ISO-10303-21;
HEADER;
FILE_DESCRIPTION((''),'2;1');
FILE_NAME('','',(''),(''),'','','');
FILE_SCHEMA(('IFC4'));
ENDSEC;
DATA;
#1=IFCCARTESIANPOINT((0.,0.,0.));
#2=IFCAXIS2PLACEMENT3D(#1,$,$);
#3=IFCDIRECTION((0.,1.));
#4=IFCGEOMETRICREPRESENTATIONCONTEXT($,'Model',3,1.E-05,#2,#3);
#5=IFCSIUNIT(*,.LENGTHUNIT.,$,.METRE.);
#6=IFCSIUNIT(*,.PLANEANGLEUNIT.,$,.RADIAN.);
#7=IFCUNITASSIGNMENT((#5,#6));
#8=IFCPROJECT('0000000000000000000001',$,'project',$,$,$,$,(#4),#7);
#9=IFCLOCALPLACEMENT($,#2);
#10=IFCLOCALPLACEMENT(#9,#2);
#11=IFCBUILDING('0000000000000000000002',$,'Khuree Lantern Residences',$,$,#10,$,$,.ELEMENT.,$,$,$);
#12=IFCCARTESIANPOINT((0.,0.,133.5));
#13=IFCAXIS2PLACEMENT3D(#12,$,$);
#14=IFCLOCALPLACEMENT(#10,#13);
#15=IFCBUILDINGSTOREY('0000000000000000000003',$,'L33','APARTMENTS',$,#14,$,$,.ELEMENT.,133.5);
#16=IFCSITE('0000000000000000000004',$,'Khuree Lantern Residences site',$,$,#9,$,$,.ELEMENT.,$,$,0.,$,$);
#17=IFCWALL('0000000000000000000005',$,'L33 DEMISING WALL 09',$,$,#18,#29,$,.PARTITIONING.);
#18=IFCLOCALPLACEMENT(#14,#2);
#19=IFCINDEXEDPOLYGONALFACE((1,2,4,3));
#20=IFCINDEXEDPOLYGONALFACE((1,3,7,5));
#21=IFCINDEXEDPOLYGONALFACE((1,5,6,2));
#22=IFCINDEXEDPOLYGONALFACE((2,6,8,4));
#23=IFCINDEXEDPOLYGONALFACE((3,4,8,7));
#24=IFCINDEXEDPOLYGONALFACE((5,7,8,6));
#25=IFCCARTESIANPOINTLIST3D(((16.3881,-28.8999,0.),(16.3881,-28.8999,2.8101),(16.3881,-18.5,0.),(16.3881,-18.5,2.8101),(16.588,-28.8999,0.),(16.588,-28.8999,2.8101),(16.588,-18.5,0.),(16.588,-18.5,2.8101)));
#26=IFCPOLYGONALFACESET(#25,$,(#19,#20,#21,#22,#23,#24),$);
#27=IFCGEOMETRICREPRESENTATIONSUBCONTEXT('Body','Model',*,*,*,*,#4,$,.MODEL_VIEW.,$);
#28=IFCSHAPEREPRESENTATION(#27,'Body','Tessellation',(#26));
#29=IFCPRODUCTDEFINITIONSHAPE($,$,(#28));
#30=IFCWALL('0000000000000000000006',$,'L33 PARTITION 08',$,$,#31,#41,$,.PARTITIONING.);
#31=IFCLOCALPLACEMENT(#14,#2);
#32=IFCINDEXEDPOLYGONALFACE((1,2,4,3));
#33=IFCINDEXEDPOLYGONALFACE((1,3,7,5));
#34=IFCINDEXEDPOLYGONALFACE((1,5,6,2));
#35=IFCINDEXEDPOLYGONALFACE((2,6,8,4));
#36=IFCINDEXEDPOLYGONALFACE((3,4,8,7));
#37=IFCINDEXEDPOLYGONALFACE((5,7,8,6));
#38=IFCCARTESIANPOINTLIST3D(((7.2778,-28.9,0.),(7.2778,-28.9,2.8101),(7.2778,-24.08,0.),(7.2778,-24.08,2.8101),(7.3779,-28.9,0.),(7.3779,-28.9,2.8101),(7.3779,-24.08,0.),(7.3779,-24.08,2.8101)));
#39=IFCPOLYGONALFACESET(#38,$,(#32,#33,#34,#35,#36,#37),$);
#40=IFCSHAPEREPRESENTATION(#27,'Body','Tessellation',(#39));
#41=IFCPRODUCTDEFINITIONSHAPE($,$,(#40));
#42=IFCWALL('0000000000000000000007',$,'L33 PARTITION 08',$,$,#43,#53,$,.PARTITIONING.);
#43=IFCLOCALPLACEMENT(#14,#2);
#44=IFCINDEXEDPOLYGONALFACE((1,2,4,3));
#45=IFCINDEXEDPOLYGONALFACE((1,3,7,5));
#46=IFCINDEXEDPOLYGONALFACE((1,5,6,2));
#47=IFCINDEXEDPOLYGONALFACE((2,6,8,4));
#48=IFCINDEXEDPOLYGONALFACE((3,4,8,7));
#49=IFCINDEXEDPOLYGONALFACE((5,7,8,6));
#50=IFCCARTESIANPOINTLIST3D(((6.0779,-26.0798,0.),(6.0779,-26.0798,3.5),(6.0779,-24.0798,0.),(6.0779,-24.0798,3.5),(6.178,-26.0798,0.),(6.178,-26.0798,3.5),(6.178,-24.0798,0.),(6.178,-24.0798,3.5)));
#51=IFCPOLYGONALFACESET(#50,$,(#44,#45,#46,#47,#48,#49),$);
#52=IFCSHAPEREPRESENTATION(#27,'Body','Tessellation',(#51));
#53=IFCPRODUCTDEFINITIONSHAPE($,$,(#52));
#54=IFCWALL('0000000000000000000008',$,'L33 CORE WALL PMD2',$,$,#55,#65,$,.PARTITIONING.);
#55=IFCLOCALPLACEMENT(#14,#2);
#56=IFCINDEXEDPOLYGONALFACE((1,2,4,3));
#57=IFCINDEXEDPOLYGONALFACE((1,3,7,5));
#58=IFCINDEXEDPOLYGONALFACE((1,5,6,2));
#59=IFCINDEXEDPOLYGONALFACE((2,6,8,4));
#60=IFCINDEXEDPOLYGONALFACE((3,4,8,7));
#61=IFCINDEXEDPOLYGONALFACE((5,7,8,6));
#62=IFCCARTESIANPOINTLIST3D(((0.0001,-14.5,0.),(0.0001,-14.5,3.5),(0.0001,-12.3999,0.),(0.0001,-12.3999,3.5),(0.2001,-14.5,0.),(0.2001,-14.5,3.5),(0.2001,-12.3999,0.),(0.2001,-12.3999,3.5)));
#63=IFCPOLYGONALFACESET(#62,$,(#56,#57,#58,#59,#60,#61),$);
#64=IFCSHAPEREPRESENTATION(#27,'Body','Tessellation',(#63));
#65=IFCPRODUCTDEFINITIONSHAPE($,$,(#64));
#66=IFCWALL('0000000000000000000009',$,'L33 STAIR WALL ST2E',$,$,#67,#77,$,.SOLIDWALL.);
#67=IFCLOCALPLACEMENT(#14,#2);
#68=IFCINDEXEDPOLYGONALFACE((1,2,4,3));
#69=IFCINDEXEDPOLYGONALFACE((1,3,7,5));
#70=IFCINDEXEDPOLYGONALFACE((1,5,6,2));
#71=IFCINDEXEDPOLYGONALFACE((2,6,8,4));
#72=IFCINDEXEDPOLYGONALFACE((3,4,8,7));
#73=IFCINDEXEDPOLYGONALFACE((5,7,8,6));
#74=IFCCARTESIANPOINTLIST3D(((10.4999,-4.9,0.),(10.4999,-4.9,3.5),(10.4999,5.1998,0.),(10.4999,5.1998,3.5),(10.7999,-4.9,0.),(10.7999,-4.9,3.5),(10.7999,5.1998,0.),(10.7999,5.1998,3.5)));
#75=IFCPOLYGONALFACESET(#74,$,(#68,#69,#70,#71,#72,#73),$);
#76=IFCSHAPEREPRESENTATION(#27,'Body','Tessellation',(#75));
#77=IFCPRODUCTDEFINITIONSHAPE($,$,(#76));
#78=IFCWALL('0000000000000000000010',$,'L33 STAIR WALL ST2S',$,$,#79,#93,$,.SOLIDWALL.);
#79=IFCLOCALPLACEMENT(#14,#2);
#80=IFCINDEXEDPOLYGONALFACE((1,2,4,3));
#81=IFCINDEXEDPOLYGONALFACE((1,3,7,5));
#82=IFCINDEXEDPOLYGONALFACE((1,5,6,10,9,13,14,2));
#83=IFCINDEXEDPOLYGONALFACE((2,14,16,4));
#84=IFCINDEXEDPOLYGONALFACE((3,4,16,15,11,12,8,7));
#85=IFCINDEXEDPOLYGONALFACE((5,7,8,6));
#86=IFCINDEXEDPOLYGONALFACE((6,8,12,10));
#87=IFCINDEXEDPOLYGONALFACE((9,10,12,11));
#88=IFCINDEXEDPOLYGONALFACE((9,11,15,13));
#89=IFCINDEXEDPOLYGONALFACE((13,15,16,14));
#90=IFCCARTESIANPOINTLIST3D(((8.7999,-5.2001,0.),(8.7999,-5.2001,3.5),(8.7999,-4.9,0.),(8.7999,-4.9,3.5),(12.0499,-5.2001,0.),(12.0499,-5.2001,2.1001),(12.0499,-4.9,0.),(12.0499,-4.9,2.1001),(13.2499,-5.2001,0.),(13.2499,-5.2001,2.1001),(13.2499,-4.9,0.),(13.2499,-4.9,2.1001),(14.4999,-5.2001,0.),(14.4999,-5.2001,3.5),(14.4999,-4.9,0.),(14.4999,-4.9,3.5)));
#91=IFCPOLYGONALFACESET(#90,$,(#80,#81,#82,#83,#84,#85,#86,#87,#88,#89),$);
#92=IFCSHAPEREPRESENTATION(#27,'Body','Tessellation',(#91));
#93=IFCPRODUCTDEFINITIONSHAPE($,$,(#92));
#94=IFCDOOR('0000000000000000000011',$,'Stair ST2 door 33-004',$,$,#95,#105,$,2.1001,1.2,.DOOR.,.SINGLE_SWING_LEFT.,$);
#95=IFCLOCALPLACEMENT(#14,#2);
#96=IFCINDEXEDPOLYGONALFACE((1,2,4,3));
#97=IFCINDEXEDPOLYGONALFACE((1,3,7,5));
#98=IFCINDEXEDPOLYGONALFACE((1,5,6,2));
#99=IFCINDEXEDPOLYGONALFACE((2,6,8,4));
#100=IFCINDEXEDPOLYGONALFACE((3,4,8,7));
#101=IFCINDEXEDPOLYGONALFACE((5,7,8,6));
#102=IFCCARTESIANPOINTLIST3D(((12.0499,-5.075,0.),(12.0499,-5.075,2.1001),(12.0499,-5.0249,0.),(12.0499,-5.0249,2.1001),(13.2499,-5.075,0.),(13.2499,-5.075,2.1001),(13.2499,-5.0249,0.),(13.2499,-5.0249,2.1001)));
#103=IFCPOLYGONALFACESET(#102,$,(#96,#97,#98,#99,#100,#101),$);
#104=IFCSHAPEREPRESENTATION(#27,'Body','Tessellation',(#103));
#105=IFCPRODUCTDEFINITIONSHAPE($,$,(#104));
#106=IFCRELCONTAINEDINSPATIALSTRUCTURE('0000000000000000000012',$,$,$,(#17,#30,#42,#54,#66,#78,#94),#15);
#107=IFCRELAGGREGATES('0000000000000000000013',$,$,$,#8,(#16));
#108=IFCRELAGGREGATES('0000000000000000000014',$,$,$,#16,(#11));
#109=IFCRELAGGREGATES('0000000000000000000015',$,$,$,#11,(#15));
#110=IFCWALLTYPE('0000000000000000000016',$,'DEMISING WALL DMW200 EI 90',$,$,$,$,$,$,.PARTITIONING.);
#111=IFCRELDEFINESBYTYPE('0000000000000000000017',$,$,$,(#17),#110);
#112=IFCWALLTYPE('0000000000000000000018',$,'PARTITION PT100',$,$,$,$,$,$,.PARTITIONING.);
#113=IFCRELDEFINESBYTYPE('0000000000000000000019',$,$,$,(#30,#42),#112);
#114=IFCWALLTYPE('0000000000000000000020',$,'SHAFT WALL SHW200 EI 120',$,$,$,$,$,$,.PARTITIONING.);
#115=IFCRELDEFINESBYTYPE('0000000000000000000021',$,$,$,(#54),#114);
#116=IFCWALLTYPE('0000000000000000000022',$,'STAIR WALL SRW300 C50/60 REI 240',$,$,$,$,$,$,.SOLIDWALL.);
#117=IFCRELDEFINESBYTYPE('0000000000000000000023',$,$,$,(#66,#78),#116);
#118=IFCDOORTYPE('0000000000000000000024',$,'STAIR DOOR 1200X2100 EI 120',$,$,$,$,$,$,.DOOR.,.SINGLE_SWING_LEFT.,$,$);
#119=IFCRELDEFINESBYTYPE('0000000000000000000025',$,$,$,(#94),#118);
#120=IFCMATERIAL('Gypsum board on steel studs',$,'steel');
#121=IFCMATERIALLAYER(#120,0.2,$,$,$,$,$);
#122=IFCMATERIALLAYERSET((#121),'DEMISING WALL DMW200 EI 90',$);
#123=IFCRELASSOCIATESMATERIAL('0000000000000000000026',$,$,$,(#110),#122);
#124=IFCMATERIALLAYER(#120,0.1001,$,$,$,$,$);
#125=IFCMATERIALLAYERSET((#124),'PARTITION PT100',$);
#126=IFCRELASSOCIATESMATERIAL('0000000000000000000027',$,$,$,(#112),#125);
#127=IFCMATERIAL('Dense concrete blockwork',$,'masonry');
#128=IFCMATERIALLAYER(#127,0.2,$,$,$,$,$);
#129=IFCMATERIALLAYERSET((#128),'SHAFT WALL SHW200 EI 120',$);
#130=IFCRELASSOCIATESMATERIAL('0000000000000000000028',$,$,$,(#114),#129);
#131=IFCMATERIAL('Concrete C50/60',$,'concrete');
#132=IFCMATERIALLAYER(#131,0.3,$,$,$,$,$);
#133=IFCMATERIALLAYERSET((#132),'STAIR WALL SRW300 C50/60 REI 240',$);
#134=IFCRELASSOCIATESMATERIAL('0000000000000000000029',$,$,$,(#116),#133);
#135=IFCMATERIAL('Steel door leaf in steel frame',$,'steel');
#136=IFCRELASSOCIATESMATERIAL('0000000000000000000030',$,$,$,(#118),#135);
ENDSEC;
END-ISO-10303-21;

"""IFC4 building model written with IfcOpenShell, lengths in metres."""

from ifc_helpers import new_model, si_unit, direction, frame, frame_2d, origin, place, context, subcontext, project, spatial, rectangle, extrude, material, layer, layer_set, type_object, element, fill, save


model = new_model("IFC4")

# Units and contexts
model_context = context("Model", 3, precision=1e-05, world=origin(), true_north=direction((0.0, 1.0)))
body_context = subcontext(model_context, "Body", "Model", "MODEL_VIEW")
ifc_project = project(units=[si_unit("LENGTHUNIT", "METRE"), si_unit("PLANEANGLEUNIT", "RADIAN")], contexts=[model_context])

# Site, building, storey
site_placement = place(None, origin())
site = spatial("IfcSite", under=ifc_project, at=site_placement, Name="Khuree Lantern Residences site", CompositionType="ELEMENT", RefElevation=0.0)
building_placement = place(site_placement, origin())
building = spatial("IfcBuilding", under=site, at=building_placement, Name="Khuree Lantern Residences", CompositionType="ELEMENT")
storey_placement = place(building_placement, frame((0.0, 0.0, 133.5)))
storey = spatial("IfcBuildingStorey", under=building, at=storey_placement, Name="L33", Description="APARTMENTS", CompositionType="ELEMENT", Elevation=133.5)

# Shared definitions
ifc_material_1 = material(Name="Dense concrete blockwork", Category="masonry")

# Shared definitions
ifc_material_2 = material(Name="Gypsum board on steel studs", Category="steel")

# Shared definitions
ifc_material_3 = material(Name="Steel door leaf in steel frame", Category="steel")

# Walls
ifc_layer_1 = layer(ifc_material_2, 0.2)
ifc_layer_set_1 = layer_set([ifc_layer_1], Name="DEMISING WALL DMW200 EI 90")
wall_type_1 = type_object("IfcWallType", Name="DEMISING WALL DMW200 EI 90", PredefinedType="PARTITIONING", material=ifc_layer_set_1)
wall_1_placement = place(storey_placement, frame((16.488, -18.5, 0.0), z_axis=(0.0, 0.0, 1.0), x_axis=(0.0, -1.0, 0.0)))
element("IfcWall", 1, at=wall_1_placement, inside=storey, type_object=wall_type_1, Name="L33 DEMISING WALL 09", PredefinedType="PARTITIONING", context=body_context, shape_type="SweptSolid", body=[
    extrude(rectangle(XDim=10.3999, YDim=0.2, at=frame_2d((5.2, 0.0))), origin(), (0.0, 0.0, 1.0), 2.8101),
])
ifc_layer_2 = layer(ifc_material_2, 0.1001)
ifc_layer_set_2 = layer_set([ifc_layer_2], Name="PARTITION PT100")
wall_type_2 = type_object("IfcWallType", Name="PARTITION PT100", PredefinedType="PARTITIONING", material=ifc_layer_set_2)
wall_2_placement = place(storey_placement, frame((7.3279, -24.0798, 0.0), z_axis=(0.0, 0.0, 1.0), x_axis=(0.0, -1.0, 0.0)))
element("IfcWall", 2, at=wall_2_placement, inside=storey, type_object=wall_type_2, Name="L33 PARTITION 08", PredefinedType="PARTITIONING", context=body_context, shape_type="SweptSolid", body=[
    extrude(rectangle(XDim=4.8201, YDim=0.1001, at=frame_2d((2.4102, 0.0))), origin(), (0.0, 0.0, 1.0), 2.8101),
])
wall_3_placement = place(storey_placement, frame((6.1279, -24.0798, 0.0), z_axis=(0.0, 0.0, 1.0), x_axis=(0.0, -1.0, 0.0)))
element("IfcWall", 3, at=wall_3_placement, inside=storey, type_object=wall_type_2, Name="L33 PARTITION 08", PredefinedType="PARTITIONING", context=body_context, shape_type="SweptSolid", body=[
    extrude(rectangle(XDim=2.0, YDim=0.1001, at=frame_2d((1.0, 0.0))), origin(), (0.0, 0.0, 1.0), 3.5),
])
ifc_layer_3 = layer(ifc_material_1, 0.2)
ifc_layer_set_3 = layer_set([ifc_layer_3], Name="SHAFT WALL SHW200 EI 120")
wall_type_3 = type_object("IfcWallType", Name="SHAFT WALL SHW200 EI 120", PredefinedType="PARTITIONING", material=ifc_layer_set_3)
wall_4_placement = place(storey_placement, frame((0.1001, -14.5, 0.0), z_axis=(0.0, 0.0, 1.0), x_axis=(0.0, 1.0, 0.0)))
element("IfcWall", 4, at=wall_4_placement, inside=storey, type_object=wall_type_3, Name="L33 CORE WALL PMD2", PredefinedType="PARTITIONING", context=body_context, shape_type="SweptSolid", body=[
    extrude(rectangle(XDim=2.1001, YDim=0.2, at=frame_2d((1.05, 0.0))), origin(), (0.0, 0.0, 1.0), 3.5),
])
ifc_material_4 = material(Name="Concrete C50/60", Category="concrete")
ifc_layer_4 = layer(ifc_material_4, 0.3)
ifc_layer_set_4 = layer_set([ifc_layer_4], Name="STAIR WALL SRW300 C50/60 REI 240")
wall_type_4 = type_object("IfcWallType", Name="STAIR WALL SRW300 C50/60 REI 240", PredefinedType="SOLIDWALL", material=ifc_layer_set_4)
wall_5_placement = place(storey_placement, frame((10.6499, -4.8999, 0.0), z_axis=(0.0, 0.0, 1.0), x_axis=(0.0, 1.0, 0.0)))
element("IfcWall", 5, at=wall_5_placement, inside=storey, type_object=wall_type_4, Name="L33 STAIR WALL ST2E", PredefinedType="SOLIDWALL", context=body_context, shape_type="SweptSolid", body=[
    extrude(rectangle(XDim=10.0999, YDim=0.3, at=frame_2d((5.0498, 0.0))), origin(), (0.0, 0.0, 1.0), 3.5),
])

# Wall, opening, door
wall_6_placement = place(storey_placement, frame((14.5, -5.05, 0.0), z_axis=(0.0, 0.0, 1.0), x_axis=(-1.0, 0.0, 0.0)))
wall_6 = element("IfcWall", 6, at=wall_6_placement, inside=storey, type_object=wall_type_4, Name="L33 STAIR WALL ST2S", PredefinedType="SOLIDWALL", context=body_context, shape_type="SweptSolid", body=[
    extrude(rectangle(XDim=5.7, YDim=0.3, at=frame_2d((2.8501, 0.0))), origin(), (0.0, 0.0, 1.0), 3.5),
])
opening_1_placement = place(wall_6_placement, frame((1.25, 0.0, 0.0)))
opening_1 = element("IfcOpeningElement", 7, at=opening_1_placement, cuts=wall_6, PredefinedType="OPENING", context=body_context, shape_type="SweptSolid", body=[
    extrude(rectangle(XDim=1.2, YDim=2.1001, at=frame_2d((0.6001, 1.05))), frame((0.0, 0.1602, 0.0), z_axis=(0.0, -1.0, 0.0), x_axis=(1.0, 0.0, 0.0)), (0.0, 0.0, 1.0), 0.3201),
])
door_type_1 = type_object("IfcDoorType", Name="STAIR DOOR 1200X2100 EI 120", OperationType="SINGLE_SWING_LEFT", PredefinedType="DOOR", material=ifc_material_3)
door_1_placement = place(opening_1_placement, origin())
door_1 = element("IfcDoor", 8, at=door_1_placement, inside=storey, type_object=door_type_1, Name="Stair ST2 door 33-004", OperationType="SINGLE_SWING_LEFT", OverallHeight=2.1001, OverallWidth=1.2, PredefinedType="DOOR", context=body_context, shape_type="SweptSolid", body=[
    extrude(rectangle(XDim=1.2, YDim=2.1001, at=frame_2d((0.6001, 1.05))), frame((0.0, 0.0249, 0.0), z_axis=(0.0, -1.0, 0.0), x_axis=(1.0, 0.0, 0.0)), (0.0, 0.0, 1.0), 0.05),
])
fill(opening_1, door_1)

save(model, "model.ifc")
